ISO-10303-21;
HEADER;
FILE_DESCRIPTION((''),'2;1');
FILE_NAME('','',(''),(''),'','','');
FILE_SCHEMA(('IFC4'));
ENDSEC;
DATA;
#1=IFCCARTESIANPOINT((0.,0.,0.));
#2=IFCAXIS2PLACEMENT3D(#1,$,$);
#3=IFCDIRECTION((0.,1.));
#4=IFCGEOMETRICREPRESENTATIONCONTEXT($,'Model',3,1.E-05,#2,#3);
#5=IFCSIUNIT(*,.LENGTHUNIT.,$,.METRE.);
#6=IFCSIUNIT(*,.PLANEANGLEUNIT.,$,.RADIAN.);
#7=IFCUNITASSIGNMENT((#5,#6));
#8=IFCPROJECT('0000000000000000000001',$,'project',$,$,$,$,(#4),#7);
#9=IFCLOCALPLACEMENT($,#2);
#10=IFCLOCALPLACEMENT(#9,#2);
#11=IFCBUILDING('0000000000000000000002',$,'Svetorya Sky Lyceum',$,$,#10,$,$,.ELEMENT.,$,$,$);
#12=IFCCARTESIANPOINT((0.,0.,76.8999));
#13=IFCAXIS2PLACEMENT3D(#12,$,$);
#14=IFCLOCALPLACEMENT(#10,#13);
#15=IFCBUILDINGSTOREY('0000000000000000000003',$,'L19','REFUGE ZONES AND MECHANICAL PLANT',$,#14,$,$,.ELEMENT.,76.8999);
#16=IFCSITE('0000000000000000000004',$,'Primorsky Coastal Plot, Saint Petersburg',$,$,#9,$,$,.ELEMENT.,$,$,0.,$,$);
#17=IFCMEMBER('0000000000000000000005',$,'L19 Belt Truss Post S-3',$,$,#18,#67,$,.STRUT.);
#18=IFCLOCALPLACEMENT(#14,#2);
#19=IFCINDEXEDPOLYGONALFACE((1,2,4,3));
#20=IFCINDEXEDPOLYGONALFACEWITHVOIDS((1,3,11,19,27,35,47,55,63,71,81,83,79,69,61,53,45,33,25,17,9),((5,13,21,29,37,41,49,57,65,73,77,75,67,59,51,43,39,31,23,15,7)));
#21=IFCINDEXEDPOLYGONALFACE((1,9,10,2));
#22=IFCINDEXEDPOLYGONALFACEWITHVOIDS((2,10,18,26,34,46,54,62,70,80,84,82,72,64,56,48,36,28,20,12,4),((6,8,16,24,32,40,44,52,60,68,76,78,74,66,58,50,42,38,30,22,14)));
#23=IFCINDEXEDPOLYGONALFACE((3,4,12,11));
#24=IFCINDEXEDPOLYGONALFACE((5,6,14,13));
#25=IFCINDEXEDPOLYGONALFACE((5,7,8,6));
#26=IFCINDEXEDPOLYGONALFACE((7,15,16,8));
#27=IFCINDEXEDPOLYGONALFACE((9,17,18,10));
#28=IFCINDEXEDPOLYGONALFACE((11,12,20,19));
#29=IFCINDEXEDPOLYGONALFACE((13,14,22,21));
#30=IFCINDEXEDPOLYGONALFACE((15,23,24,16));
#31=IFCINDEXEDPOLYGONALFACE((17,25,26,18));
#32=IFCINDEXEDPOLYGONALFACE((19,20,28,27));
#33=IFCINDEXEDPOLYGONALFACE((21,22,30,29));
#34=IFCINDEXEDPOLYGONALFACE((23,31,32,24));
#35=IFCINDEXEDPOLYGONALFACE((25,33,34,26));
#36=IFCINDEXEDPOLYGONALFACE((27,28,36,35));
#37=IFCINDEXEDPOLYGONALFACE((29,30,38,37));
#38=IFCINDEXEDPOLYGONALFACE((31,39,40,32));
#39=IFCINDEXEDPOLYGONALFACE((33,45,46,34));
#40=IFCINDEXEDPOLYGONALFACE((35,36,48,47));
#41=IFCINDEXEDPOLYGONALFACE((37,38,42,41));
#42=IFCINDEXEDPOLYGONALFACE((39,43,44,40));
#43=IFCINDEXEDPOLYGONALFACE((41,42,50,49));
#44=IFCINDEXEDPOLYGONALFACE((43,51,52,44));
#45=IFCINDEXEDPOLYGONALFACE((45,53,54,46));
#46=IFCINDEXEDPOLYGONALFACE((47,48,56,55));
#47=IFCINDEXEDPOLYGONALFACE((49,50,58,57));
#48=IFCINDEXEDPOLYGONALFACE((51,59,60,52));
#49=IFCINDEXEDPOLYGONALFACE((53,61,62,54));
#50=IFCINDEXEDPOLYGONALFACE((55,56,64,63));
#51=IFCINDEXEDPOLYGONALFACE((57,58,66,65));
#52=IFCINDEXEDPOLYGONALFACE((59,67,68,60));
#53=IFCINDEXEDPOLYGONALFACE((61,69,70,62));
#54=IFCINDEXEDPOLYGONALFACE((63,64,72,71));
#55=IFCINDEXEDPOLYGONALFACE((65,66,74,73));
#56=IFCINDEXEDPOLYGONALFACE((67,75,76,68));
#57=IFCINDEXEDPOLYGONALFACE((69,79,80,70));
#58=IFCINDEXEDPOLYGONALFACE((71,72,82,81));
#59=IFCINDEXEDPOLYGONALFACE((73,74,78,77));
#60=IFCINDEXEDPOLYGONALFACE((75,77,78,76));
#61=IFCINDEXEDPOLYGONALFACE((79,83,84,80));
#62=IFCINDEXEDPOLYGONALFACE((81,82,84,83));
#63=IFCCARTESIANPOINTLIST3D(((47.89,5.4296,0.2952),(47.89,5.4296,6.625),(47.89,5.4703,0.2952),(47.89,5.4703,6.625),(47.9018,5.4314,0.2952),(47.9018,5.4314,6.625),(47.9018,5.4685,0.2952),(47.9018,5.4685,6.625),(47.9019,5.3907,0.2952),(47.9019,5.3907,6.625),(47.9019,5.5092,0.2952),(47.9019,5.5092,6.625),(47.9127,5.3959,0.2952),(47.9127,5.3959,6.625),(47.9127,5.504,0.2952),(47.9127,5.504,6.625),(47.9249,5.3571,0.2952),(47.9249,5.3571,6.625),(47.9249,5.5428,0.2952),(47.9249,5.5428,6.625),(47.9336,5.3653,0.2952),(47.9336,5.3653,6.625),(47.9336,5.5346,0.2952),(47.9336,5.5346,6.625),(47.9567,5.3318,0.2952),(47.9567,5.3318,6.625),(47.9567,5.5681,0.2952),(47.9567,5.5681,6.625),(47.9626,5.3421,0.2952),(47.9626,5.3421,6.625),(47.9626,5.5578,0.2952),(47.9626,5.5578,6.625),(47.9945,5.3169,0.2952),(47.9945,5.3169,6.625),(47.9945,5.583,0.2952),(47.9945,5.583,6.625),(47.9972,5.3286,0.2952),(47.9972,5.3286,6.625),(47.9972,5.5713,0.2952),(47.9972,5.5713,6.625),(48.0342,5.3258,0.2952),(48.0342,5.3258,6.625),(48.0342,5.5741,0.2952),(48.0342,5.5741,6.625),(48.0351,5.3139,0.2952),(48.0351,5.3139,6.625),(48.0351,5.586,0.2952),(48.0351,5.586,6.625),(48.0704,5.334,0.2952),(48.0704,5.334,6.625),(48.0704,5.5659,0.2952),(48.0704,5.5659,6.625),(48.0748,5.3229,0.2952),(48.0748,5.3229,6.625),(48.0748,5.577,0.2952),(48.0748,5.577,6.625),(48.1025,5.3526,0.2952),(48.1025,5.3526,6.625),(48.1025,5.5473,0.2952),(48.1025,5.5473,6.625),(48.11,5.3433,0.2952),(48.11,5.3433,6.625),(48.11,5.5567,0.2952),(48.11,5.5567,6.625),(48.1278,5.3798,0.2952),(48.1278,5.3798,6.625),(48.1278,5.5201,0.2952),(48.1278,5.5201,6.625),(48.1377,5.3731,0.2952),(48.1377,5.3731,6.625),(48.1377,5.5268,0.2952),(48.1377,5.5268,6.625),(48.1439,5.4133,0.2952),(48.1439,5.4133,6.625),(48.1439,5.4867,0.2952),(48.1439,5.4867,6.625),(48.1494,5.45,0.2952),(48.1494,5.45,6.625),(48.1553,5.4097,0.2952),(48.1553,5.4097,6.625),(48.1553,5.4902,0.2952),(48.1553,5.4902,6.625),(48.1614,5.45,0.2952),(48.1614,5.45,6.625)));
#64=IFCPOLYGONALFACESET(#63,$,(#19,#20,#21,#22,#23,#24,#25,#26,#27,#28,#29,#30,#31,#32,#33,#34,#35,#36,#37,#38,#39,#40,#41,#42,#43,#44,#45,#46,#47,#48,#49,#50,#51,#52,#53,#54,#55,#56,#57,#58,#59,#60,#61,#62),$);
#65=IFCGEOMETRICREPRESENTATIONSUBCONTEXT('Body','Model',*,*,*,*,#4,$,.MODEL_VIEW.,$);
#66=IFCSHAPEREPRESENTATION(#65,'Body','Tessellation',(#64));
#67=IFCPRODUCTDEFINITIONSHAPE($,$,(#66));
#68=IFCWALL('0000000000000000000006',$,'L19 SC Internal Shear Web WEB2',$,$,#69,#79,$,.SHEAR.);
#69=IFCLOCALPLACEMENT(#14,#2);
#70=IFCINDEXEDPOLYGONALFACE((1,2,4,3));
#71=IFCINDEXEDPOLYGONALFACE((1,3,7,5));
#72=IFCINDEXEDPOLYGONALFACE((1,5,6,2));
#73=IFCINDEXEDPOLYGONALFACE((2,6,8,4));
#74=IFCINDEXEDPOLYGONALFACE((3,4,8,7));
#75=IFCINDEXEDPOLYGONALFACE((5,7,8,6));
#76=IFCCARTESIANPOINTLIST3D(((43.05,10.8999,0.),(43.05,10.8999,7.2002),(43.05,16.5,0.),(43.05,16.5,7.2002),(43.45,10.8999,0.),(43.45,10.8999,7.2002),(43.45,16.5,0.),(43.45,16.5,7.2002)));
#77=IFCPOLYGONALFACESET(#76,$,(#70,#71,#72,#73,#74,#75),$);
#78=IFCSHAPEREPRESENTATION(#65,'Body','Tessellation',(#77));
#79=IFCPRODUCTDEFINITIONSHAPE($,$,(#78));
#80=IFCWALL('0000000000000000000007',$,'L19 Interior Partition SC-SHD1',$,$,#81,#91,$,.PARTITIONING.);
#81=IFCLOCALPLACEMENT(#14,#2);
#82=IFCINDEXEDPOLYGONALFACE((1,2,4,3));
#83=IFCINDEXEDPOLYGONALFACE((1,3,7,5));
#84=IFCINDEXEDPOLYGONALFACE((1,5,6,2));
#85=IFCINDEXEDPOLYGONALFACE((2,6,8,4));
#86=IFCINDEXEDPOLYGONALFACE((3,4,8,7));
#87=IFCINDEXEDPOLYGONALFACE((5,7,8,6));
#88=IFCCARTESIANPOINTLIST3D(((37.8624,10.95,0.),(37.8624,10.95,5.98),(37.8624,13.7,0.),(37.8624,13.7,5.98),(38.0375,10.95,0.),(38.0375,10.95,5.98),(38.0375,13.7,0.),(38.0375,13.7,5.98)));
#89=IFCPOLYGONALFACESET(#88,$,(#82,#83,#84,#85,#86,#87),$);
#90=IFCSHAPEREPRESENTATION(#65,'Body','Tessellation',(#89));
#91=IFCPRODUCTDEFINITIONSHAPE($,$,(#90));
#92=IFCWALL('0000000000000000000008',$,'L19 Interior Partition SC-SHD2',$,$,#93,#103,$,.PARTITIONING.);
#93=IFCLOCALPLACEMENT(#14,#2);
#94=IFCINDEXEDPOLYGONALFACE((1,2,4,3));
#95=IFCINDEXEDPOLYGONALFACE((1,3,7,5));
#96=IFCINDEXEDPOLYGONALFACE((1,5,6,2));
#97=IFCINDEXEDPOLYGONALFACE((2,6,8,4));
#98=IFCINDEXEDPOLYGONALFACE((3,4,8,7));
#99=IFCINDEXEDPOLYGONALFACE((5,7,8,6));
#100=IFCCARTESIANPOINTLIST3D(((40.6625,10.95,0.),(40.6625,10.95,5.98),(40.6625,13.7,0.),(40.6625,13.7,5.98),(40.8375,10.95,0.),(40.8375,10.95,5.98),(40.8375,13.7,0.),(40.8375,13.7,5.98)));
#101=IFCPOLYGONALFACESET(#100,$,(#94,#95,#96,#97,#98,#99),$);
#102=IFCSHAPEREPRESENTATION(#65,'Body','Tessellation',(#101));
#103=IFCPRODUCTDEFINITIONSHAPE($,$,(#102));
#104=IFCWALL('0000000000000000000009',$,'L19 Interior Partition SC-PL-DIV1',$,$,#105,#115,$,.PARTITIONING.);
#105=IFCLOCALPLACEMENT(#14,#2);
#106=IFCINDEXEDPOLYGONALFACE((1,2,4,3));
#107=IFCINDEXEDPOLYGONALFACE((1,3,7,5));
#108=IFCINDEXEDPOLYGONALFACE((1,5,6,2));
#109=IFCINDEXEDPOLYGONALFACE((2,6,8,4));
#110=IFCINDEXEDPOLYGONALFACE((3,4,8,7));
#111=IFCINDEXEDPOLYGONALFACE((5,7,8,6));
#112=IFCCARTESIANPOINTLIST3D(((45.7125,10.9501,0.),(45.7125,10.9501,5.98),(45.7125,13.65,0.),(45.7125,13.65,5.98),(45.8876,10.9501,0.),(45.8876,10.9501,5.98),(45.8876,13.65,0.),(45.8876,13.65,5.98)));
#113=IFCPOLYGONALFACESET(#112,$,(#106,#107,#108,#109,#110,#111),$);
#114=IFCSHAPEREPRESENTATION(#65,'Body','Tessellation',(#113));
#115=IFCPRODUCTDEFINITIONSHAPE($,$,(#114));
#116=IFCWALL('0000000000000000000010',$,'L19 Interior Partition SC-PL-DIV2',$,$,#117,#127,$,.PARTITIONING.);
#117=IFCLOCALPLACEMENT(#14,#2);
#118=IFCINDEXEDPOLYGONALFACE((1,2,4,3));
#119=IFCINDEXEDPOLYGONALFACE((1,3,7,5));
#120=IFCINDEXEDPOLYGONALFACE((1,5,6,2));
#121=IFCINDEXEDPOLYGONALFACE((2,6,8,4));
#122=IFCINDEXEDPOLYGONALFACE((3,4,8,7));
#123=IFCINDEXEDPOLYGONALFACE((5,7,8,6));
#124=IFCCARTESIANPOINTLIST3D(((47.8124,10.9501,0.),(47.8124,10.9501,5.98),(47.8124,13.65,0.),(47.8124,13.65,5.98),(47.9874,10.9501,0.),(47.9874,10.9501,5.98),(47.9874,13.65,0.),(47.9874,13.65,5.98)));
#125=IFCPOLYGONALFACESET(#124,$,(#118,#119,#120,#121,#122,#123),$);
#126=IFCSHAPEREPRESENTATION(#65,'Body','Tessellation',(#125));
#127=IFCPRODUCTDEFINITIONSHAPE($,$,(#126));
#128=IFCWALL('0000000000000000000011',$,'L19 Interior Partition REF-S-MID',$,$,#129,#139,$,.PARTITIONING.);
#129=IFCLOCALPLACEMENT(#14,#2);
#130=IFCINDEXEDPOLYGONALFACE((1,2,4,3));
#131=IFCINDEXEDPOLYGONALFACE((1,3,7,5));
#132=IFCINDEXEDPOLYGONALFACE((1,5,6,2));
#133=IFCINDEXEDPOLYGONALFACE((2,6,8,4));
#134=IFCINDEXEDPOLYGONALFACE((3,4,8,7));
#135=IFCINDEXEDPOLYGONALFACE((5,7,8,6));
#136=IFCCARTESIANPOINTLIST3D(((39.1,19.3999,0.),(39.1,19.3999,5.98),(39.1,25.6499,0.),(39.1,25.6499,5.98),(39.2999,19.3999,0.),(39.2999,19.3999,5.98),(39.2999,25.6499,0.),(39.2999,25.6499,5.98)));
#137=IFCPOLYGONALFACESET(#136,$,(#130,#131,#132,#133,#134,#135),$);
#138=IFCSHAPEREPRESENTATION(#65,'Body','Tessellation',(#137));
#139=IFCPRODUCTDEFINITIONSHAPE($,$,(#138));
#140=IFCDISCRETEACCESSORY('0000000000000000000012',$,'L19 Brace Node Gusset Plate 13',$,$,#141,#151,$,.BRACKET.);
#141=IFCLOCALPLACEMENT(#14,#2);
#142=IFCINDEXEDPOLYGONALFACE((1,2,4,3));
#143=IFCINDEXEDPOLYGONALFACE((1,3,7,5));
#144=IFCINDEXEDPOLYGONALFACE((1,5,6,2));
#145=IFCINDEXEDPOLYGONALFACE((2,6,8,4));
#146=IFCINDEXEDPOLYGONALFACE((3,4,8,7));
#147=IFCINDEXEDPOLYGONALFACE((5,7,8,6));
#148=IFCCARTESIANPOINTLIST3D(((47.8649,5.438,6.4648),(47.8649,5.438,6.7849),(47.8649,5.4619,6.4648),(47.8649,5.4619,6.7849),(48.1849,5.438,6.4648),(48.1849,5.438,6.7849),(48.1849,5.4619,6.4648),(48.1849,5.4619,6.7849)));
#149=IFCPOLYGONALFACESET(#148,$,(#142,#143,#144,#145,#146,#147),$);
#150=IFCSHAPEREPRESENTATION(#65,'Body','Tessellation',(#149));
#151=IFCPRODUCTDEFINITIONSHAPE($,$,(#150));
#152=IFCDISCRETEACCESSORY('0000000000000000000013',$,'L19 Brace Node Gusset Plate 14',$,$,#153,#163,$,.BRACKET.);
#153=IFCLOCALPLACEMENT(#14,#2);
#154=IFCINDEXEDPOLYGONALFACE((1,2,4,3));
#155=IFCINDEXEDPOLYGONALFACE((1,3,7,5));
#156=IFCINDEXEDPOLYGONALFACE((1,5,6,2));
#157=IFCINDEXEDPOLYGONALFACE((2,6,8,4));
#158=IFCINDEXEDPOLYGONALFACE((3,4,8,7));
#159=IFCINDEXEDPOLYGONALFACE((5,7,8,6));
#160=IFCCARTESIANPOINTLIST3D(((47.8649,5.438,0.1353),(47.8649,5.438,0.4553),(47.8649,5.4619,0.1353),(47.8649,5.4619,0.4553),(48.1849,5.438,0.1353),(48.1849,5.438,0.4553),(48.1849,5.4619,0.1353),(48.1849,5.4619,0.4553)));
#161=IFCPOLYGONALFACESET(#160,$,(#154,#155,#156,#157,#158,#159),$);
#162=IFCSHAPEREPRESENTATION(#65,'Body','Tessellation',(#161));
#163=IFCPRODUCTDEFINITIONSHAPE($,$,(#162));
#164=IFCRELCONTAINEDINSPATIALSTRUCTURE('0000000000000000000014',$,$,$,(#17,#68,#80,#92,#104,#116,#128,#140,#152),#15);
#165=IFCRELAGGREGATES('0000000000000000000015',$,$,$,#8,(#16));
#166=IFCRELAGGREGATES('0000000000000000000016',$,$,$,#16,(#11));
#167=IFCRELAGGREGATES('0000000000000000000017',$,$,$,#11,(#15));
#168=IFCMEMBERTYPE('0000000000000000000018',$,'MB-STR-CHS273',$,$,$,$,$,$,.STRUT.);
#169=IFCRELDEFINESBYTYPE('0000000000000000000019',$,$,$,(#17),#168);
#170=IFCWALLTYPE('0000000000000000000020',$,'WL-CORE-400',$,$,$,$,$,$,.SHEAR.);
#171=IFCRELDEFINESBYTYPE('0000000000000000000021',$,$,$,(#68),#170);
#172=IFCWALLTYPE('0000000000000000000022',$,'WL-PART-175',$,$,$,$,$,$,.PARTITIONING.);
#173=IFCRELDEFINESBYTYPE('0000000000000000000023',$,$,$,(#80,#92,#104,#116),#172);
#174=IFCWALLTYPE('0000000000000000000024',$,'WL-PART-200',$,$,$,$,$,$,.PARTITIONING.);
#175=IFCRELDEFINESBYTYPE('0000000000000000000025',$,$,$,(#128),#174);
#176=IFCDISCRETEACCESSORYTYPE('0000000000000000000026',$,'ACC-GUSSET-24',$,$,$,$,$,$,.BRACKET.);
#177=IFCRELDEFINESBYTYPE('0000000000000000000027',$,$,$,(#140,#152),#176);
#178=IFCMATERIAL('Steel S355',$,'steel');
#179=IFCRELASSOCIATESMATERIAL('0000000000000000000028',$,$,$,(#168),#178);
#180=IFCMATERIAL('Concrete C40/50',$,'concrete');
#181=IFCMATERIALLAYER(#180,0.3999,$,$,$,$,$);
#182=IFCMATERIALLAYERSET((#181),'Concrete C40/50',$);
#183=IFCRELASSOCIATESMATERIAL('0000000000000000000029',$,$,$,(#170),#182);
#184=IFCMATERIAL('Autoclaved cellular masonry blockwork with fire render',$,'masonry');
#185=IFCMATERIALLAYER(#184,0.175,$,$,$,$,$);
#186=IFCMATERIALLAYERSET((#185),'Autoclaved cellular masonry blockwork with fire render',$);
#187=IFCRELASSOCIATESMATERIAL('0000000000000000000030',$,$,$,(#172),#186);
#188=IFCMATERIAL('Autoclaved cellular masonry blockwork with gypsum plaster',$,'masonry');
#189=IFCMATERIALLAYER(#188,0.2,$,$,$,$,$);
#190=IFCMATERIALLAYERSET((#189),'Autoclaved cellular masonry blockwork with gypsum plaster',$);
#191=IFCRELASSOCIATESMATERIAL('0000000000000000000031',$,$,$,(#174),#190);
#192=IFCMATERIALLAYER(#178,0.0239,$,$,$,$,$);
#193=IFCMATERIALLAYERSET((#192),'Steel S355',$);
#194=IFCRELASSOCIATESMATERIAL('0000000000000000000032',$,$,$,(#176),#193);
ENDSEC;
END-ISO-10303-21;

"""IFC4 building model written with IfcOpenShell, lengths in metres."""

from ifc_helpers import new_model, si_unit, direction, frame, frame_2d, origin, origin_2d, place, context, subcontext, project, spatial, rectangle, hollow_circle, extrude, material, layer, layer_set, material_profile, profile_set, type_object, element, save


model = new_model("IFC4")

# Units and contexts
model_context = context("Model", 3, precision=1e-05, world=origin(), true_north=direction((0.0, 1.0)))
body_context = subcontext(model_context, "Body", "Model", "MODEL_VIEW")
ifc_project = project(units=[si_unit("LENGTHUNIT", "METRE"), si_unit("PLANEANGLEUNIT", "RADIAN")], contexts=[model_context])

# Site, building, storey
site_placement = place(None, origin())
site = spatial("IfcSite", under=ifc_project, at=site_placement, Name="Primorsky Coastal Plot, Saint Petersburg", CompositionType="ELEMENT", RefElevation=0.0)
building_placement = place(site_placement, origin())
building = spatial("IfcBuilding", under=site, at=building_placement, Name="Svetorya Sky Lyceum", CompositionType="ELEMENT")
storey_placement = place(building_placement, frame((0.0, 0.0, 76.8999)))
storey = spatial("IfcBuildingStorey", under=building, at=storey_placement, Name="L19", Description="REFUGE ZONES AND MECHANICAL PLANT", CompositionType="ELEMENT", Elevation=76.8999)

# Shared definitions
ifc_material_1 = material(Name="Steel S355", Category="steel")

# Member
ifc_material_profile_1 = material_profile(ifc_material_1, hollow_circle(Radius=0.1365, WallThickness=0.012, at=origin_2d()), Name="CHS 273x12")
ifc_profile_set_1 = profile_set([ifc_material_profile_1], Name="Steel S355")
member_type = type_object("IfcMemberType", Name="MB-STR-CHS273", PredefinedType="STRUT", material=ifc_profile_set_1)
member_placement = place(storey_placement, frame((48.0249, 5.45, 0.2952), z_axis=(0.0, 0.0, 1.0), x_axis=(1.0, 0.0, 0.0)))
element("IfcMember", 1, at=member_placement, inside=storey, type_object=member_type, Name="L19 Belt Truss Post S-3", PredefinedType="STRUT", context=body_context, shape_type="SweptSolid", body=[
    extrude(hollow_circle(Radius=0.1365, WallThickness=0.012, at=origin_2d()), origin(), (0.0, 0.0, 1.0), 6.3298),
])

# Walls
ifc_material_2 = material(Name="Concrete C40/50", Category="concrete")
ifc_layer_1 = layer(ifc_material_2, 0.3999)
ifc_layer_set_1 = layer_set([ifc_layer_1], Name="Concrete C40/50")
wall_type_1 = type_object("IfcWallType", Name="WL-CORE-400", PredefinedType="SHEAR", material=ifc_layer_set_1)
wall_1_placement = place(storey_placement, frame((43.25, 10.8999, 0.0), z_axis=(0.0, 0.0, 1.0), x_axis=(0.0, 1.0, 0.0)))
element("IfcWall", 2, at=wall_1_placement, inside=storey, type_object=wall_type_1, Name="L19 SC Internal Shear Web WEB2", PredefinedType="SHEAR", context=body_context, shape_type="SweptSolid", body=[
    extrude(rectangle(XDim=5.6001, YDim=0.3999, at=frame_2d((2.8, 0.0))), origin(), (0.0, 0.0, 1.0), 7.2002),
])
ifc_material_3 = material(Name="Autoclaved cellular masonry blockwork with fire render", Category="masonry")
ifc_layer_2 = layer(ifc_material_3, 0.175)
ifc_layer_set_2 = layer_set([ifc_layer_2], Name="Autoclaved cellular masonry blockwork with fire render")
wall_type_2 = type_object("IfcWallType", Name="WL-PART-175", PredefinedType="PARTITIONING", material=ifc_layer_set_2)
for number, where, z_axis, x_axis, name in (
    (3, (37.95, 10.95, 0.0), (0.0, 0.0, 1.0), (0.0, 1.0, 0.0), "L19 Interior Partition SC-SHD1"),
    (4, (40.75, 10.95, 0.0), (0.0, 0.0, 1.0), (0.0, 1.0, 0.0), "L19 Interior Partition SC-SHD2"),
):
    element("IfcWall", number, at=place(storey_placement, frame(where, z_axis=z_axis, x_axis=x_axis)), inside=storey, type_object=wall_type_2, Name=name, PredefinedType="PARTITIONING", context=body_context, shape_type="SweptSolid", body=[
        extrude(rectangle(XDim=2.75, YDim=0.175, at=frame_2d((1.375, 0.0))), origin(), (0.0, 0.0, 1.0), 5.98),
    ])
for number, where, z_axis, x_axis, name in (
    (5, (45.8, 10.95, 0.0), (0.0, 0.0, 1.0), (0.0, 1.0, 0.0), "L19 Interior Partition SC-PL-DIV1"),
    (6, (47.8999, 10.95, 0.0), (0.0, 0.0, 1.0), (0.0, 1.0, 0.0), "L19 Interior Partition SC-PL-DIV2"),
):
    element("IfcWall", number, at=place(storey_placement, frame(where, z_axis=z_axis, x_axis=x_axis)), inside=storey, type_object=wall_type_2, Name=name, PredefinedType="PARTITIONING", context=body_context, shape_type="SweptSolid", body=[
        extrude(rectangle(XDim=2.7, YDim=0.175, at=frame_2d((1.3501, 0.0))), origin(), (0.0, 0.0, 1.0), 5.98),
    ])

# Shared definitions
ifc_material_4 = material(Name="Autoclaved cellular masonry blockwork with gypsum plaster", Category="masonry")
ifc_layer_3 = layer(ifc_material_4, 0.2)
ifc_layer_set_3 = layer_set([ifc_layer_3], Name="Autoclaved cellular masonry blockwork with gypsum plaster")
wall_type_3 = type_object("IfcWallType", Name="WL-PART-200", PredefinedType="PARTITIONING", material=ifc_layer_set_3)

# Wall
wall_2_placement = place(storey_placement, frame((39.2, 19.3999, 0.0), z_axis=(0.0, 0.0, 1.0), x_axis=(0.0, 1.0, 0.0)))
element("IfcWall", 7, at=wall_2_placement, inside=storey, type_object=wall_type_3, Name="L19 Interior Partition REF-S-MID", PredefinedType="PARTITIONING", context=body_context, shape_type="SweptSolid", body=[
    extrude(rectangle(XDim=6.25, YDim=0.2, at=frame_2d((3.125, 0.0))), origin(), (0.0, 0.0, 1.0), 5.98),
])

# Discrete accessories
ifc_layer_4 = layer(ifc_material_1, 0.0239)
ifc_layer_set_4 = layer_set([ifc_layer_4], Name="Steel S355")
discrete_accessory_type = type_object("IfcDiscreteAccessoryType", Name="ACC-GUSSET-24", PredefinedType="BRACKET", material=ifc_layer_set_4)
for number, where, z_axis, x_axis, name in (
    (8, (48.0249, 5.45, 6.4648), (0.0, 0.0, 1.0), (1.0, 0.0, 0.0), "L19 Brace Node Gusset Plate 13"),
    (9, (48.0249, 5.45, 0.1353), (0.0, 0.0, 1.0), (1.0, 0.0, 0.0), "L19 Brace Node Gusset Plate 14"),
):
    element("IfcDiscreteAccessory", number, at=place(storey_placement, frame(where, z_axis=z_axis, x_axis=x_axis)), inside=storey, type_object=discrete_accessory_type, Name=name, PredefinedType="BRACKET", context=body_context, shape_type="SweptSolid", body=[
        extrude(rectangle(XDim=0.3201, YDim=0.0239, at=origin_2d()), origin(), (0.0, 0.0, 1.0), 0.3201),
    ])

save(model, "model.ifc")
